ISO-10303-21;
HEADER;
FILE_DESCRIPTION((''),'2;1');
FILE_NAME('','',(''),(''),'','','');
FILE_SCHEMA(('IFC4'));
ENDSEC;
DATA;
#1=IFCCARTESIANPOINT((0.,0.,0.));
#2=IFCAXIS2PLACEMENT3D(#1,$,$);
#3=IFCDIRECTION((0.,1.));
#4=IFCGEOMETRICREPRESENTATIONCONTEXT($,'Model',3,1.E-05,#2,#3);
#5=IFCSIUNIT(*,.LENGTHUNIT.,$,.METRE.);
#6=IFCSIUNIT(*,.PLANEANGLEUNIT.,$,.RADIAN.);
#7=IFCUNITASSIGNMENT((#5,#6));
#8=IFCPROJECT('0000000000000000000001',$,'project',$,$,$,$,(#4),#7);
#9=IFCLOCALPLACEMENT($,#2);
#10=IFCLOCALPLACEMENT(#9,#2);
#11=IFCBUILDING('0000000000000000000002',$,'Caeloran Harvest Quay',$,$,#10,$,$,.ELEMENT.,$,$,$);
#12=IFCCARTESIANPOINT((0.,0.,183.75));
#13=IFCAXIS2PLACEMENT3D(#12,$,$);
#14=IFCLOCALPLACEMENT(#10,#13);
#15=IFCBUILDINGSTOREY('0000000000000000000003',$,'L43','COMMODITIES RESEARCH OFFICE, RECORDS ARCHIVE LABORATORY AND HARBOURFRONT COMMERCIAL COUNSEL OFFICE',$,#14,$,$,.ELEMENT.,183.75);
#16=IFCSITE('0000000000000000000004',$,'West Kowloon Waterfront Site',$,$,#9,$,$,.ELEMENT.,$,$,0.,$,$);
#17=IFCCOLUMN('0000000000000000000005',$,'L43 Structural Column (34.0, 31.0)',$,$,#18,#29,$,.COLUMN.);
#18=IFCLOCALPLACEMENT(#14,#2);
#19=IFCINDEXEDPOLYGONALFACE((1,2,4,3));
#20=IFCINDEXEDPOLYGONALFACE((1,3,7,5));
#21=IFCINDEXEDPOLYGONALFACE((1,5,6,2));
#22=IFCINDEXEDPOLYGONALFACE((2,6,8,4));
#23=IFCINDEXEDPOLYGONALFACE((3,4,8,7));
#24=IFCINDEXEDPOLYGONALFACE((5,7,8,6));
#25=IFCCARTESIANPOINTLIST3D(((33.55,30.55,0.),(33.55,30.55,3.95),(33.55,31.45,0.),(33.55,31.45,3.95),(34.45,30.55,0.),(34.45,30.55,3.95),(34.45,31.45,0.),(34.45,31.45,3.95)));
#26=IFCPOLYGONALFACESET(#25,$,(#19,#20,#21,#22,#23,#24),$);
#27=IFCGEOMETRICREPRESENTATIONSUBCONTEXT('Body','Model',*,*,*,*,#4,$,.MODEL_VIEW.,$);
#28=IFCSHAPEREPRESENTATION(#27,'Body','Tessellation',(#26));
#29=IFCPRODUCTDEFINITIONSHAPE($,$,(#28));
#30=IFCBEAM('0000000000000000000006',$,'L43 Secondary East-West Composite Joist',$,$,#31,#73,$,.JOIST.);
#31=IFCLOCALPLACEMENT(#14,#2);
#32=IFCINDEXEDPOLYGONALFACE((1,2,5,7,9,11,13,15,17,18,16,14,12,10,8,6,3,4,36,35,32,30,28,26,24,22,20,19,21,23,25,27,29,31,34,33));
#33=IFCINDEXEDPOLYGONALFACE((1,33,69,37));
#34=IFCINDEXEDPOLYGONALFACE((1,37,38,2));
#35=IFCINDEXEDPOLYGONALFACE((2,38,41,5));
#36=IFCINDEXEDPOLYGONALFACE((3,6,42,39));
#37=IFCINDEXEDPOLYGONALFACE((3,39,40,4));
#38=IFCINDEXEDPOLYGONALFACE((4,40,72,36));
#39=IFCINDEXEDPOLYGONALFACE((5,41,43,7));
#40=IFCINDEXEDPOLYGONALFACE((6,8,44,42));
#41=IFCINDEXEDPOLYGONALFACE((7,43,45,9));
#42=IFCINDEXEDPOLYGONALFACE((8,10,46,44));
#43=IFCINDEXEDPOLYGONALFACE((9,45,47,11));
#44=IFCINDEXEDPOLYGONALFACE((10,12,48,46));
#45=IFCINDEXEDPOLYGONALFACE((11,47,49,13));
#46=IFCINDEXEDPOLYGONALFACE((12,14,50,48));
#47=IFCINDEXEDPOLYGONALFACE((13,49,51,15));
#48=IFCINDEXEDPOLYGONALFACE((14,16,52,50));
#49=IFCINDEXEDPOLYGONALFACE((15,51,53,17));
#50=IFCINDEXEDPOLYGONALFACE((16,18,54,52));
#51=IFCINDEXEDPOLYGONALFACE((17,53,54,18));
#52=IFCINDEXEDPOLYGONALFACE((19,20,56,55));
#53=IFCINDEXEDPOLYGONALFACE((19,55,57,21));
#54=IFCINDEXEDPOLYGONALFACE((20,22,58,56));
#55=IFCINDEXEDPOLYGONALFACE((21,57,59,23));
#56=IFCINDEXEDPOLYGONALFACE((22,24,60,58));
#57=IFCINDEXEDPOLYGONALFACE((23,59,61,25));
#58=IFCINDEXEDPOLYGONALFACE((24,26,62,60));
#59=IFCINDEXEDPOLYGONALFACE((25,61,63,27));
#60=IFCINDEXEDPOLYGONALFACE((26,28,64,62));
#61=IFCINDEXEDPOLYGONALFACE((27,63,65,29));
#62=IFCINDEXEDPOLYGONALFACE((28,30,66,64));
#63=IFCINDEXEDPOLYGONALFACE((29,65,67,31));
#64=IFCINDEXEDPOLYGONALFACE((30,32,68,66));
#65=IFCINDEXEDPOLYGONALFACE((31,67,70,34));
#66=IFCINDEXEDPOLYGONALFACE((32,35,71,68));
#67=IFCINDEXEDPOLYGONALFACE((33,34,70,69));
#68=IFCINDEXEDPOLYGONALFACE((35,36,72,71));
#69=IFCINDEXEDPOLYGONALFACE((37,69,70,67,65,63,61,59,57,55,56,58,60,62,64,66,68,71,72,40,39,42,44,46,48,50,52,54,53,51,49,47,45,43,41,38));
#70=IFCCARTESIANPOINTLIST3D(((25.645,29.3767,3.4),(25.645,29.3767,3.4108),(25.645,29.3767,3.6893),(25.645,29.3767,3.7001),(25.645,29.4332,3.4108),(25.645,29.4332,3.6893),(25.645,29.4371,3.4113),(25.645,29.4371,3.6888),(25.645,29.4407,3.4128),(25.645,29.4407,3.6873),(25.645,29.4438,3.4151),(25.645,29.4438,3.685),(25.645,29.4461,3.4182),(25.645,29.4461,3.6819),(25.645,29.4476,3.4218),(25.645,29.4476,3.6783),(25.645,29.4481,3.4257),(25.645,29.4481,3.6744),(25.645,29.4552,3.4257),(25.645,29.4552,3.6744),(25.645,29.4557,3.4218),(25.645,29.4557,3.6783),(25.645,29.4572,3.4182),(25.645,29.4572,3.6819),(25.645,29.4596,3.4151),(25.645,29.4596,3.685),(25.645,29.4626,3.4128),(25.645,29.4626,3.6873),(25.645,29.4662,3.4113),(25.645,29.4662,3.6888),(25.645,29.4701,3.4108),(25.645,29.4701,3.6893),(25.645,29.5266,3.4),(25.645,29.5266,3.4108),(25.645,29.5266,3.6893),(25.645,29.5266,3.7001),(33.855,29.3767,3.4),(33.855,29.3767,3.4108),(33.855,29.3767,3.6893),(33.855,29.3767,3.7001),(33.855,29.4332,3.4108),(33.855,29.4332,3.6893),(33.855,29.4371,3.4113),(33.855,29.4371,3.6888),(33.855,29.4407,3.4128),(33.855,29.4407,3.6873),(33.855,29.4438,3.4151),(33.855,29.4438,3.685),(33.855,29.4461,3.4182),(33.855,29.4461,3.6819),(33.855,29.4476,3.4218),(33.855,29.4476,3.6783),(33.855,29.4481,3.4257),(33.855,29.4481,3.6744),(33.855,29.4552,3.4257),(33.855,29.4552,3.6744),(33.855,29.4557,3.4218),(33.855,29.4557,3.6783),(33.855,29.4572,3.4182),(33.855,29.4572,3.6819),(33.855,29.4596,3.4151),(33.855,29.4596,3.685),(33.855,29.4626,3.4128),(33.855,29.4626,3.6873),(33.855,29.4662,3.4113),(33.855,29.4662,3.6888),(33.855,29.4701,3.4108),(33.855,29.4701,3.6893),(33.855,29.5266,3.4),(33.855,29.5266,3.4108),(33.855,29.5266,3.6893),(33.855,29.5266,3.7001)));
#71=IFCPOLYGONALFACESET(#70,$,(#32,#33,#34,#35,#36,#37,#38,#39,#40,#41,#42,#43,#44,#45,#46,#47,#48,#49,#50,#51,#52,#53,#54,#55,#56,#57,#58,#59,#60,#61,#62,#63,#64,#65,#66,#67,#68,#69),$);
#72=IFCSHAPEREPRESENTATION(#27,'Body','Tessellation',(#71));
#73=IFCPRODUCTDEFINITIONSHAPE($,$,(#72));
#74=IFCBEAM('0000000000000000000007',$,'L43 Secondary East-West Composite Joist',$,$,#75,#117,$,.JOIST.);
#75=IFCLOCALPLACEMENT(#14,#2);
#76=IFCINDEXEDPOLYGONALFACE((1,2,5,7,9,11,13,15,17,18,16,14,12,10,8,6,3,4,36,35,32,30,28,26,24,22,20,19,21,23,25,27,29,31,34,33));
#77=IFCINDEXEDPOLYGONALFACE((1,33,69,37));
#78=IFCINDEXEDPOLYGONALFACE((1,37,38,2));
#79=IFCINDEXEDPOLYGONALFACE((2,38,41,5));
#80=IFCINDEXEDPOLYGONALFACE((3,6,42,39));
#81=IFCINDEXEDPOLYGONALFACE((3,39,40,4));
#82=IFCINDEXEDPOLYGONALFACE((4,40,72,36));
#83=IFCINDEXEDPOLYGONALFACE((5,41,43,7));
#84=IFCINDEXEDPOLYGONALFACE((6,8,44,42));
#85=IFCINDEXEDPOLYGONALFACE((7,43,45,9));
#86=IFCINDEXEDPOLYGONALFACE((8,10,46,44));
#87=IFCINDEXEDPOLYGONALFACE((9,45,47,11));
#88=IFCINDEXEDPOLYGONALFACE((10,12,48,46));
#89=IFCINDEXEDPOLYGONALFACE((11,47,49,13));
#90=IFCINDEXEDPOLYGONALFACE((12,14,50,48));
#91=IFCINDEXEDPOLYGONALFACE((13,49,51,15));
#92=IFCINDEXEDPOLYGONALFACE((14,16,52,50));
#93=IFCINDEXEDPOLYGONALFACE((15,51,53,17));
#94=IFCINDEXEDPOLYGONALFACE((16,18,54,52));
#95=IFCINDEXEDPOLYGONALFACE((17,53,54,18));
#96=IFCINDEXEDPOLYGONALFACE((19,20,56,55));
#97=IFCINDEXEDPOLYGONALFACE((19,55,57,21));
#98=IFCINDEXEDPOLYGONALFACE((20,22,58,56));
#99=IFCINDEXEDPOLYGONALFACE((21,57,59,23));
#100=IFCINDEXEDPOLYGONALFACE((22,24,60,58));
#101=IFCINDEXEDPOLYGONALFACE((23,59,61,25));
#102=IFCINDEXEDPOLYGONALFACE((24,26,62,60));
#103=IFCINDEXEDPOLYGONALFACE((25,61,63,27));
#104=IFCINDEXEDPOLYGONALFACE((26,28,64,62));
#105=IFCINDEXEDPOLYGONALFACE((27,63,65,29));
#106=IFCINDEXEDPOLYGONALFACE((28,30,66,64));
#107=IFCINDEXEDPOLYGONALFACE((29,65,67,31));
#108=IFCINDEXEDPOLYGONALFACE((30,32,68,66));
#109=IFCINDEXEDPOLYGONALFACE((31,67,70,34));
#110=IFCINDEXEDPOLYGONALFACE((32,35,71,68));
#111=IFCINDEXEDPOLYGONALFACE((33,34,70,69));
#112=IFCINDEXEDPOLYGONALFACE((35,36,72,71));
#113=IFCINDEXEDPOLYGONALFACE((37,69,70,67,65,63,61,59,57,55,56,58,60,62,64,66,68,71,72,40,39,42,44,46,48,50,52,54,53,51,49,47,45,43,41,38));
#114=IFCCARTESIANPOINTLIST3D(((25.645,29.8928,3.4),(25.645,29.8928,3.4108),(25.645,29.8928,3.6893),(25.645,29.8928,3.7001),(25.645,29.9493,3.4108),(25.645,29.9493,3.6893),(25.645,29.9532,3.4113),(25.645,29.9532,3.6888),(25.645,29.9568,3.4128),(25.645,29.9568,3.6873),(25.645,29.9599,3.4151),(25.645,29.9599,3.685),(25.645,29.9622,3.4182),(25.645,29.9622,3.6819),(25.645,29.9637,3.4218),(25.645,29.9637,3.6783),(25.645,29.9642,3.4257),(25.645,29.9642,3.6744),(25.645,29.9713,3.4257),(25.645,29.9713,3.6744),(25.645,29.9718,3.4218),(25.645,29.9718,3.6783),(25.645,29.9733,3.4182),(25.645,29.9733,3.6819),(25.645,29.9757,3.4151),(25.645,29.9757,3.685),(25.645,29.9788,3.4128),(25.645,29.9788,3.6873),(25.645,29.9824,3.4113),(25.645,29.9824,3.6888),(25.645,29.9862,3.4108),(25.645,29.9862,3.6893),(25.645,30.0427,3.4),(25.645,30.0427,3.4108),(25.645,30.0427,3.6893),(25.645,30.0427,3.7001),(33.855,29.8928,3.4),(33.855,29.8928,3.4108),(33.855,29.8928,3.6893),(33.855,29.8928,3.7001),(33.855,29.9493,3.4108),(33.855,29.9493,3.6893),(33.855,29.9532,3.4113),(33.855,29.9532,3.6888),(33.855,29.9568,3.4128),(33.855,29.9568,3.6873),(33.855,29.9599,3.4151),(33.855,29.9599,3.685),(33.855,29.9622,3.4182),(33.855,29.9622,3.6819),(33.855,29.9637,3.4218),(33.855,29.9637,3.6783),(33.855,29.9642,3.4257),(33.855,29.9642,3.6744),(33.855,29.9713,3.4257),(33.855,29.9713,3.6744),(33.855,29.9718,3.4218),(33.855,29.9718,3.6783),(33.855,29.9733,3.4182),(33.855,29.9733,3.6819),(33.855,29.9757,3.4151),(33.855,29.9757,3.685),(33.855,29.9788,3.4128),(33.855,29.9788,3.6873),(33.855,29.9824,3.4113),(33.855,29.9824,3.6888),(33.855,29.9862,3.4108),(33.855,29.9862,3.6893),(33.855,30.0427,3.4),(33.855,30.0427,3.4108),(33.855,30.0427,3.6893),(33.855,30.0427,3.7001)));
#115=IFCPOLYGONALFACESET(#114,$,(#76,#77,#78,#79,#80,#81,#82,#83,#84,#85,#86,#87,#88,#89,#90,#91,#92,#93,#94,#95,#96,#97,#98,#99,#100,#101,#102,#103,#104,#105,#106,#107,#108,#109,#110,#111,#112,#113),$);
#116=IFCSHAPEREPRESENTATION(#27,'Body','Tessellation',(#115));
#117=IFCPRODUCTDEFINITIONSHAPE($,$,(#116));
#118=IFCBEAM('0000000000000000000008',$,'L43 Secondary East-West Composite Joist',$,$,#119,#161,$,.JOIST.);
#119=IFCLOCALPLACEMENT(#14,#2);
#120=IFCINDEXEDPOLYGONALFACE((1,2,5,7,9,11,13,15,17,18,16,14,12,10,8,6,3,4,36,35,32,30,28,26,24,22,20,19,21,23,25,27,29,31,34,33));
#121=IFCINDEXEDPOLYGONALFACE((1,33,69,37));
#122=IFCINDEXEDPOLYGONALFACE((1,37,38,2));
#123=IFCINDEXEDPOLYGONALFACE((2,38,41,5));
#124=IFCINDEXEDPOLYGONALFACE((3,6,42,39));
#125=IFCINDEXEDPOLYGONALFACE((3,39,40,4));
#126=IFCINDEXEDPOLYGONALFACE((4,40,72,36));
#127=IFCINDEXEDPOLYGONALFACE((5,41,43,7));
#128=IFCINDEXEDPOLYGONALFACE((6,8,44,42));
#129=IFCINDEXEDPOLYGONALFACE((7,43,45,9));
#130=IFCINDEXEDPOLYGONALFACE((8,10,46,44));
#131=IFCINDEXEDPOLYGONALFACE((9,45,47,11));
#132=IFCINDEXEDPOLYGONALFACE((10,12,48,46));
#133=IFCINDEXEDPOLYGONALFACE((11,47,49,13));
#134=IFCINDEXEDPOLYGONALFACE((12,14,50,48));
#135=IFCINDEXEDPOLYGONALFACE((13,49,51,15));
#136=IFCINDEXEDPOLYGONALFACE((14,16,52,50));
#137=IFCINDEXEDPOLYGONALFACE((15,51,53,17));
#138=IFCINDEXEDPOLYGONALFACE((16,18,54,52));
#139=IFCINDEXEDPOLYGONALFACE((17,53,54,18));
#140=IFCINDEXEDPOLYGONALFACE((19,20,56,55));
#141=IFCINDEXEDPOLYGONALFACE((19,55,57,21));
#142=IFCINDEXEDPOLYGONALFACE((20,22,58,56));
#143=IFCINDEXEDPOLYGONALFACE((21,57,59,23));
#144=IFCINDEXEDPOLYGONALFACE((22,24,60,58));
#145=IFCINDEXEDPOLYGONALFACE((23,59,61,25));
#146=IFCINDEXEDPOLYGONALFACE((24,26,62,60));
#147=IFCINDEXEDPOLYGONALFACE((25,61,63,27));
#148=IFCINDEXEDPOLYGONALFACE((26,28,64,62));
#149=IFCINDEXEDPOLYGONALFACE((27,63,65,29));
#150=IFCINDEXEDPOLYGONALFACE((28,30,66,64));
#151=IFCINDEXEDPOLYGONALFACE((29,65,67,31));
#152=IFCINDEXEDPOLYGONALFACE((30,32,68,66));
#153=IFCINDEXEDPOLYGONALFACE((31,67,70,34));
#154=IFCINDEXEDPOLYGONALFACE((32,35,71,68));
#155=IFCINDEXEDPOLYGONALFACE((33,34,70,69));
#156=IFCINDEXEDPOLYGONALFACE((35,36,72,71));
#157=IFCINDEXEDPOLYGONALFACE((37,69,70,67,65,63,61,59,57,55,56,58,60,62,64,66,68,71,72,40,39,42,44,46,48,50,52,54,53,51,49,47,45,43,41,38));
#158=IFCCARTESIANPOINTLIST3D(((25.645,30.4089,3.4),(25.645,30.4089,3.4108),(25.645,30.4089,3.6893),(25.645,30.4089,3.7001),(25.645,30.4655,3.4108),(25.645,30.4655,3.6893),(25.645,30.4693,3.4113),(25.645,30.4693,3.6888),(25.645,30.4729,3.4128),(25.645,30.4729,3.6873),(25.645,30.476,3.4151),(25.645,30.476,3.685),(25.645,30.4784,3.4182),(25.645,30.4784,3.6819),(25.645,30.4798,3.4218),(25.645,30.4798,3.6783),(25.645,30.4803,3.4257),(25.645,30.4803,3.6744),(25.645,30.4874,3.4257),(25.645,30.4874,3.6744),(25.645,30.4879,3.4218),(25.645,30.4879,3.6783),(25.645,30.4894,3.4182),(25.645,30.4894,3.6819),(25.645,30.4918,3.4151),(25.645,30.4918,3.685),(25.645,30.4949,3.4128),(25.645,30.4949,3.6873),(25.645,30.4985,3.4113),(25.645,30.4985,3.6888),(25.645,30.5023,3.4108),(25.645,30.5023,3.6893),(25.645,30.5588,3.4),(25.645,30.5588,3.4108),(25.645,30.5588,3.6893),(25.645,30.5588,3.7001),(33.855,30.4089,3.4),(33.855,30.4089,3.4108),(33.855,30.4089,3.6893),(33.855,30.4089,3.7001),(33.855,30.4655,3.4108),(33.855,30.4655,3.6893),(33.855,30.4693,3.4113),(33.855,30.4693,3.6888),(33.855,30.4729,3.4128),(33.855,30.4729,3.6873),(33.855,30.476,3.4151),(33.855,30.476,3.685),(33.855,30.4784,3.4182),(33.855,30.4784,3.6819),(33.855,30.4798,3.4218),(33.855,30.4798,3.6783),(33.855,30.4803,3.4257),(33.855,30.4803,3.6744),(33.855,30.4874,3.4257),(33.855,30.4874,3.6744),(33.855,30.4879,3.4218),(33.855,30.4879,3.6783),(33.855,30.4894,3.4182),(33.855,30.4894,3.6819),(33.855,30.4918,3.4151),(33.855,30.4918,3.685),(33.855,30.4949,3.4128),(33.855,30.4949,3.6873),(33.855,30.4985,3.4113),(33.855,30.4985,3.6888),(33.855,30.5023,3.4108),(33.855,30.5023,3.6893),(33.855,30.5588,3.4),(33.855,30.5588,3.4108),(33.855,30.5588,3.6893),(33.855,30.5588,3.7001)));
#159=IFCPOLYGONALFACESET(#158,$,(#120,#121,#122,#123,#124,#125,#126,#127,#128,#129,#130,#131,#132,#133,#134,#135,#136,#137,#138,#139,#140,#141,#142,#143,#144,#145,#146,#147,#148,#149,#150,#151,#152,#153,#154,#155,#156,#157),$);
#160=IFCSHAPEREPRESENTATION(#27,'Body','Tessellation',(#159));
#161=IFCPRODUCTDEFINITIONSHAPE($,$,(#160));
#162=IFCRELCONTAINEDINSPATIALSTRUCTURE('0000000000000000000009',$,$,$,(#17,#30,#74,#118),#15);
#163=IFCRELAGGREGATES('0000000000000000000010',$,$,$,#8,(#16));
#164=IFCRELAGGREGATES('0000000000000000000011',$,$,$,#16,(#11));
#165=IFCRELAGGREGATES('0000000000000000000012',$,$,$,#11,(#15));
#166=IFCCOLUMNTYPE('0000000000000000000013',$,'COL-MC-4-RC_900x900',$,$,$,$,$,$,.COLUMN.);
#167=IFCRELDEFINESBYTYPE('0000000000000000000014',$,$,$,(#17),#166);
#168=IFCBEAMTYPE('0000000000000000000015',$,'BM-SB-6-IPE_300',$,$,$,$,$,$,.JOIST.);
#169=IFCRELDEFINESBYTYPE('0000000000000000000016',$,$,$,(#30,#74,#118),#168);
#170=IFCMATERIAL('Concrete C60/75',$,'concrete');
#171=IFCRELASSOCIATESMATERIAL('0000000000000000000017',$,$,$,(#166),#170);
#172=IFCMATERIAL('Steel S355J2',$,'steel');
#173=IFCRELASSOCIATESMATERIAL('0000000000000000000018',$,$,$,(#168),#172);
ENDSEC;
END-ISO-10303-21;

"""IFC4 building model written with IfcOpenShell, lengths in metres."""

from ifc_helpers import new_model, si_unit, direction, frame, origin, origin_2d, place, context, subcontext, project, spatial, rectangle, i_section, extrude, material, material_profile, profile_set, type_object, element, save


model = new_model("IFC4")

# Units and contexts
model_context = context("Model", 3, precision=1e-05, world=origin(), true_north=direction((0.0, 1.0)))
body_context = subcontext(model_context, "Body", "Model", "MODEL_VIEW")
ifc_project = project(units=[si_unit("LENGTHUNIT", "METRE"), si_unit("PLANEANGLEUNIT", "RADIAN")], contexts=[model_context])

# Site, building, storey
site_placement = place(None, origin())
site = spatial("IfcSite", under=ifc_project, at=site_placement, Name="West Kowloon Waterfront Site", CompositionType="ELEMENT", RefElevation=0.0)
building_placement = place(site_placement, origin())
building = spatial("IfcBuilding", under=site, at=building_placement, Name="Caeloran Harvest Quay", CompositionType="ELEMENT")
storey_placement = place(building_placement, frame((0.0, 0.0, 183.75)))
storey = spatial("IfcBuildingStorey", under=building, at=storey_placement, Name="L43", Description="COMMODITIES RESEARCH OFFICE, RECORDS ARCHIVE LABORATORY AND HARBOURFRONT COMMERCIAL COUNSEL OFFICE", CompositionType="ELEMENT", Elevation=183.75)

# Column
ifc_material_1 = material(Name="Concrete C60/75", Category="concrete")
ifc_material_profile_1 = material_profile(ifc_material_1, rectangle(XDim=0.8999, YDim=0.8999, at=origin_2d()), Name="RC 900x900")
ifc_profile_set_1 = profile_set([ifc_material_profile_1], Name="Concrete C60/75")
column_type = type_object("IfcColumnType", Name="COL-MC-4-RC_900x900", PredefinedType="COLUMN", material=ifc_profile_set_1)
column_placement = place(storey_placement, frame((34.0, 31.0, 0.0), z_axis=(0.0, 0.0, 1.0), x_axis=(1.0, 0.0, 0.0)))
element("IfcColumn", 1, at=column_placement, inside=storey, type_object=column_type, Name="L43 Structural Column (34.0, 31.0)", PredefinedType="COLUMN", context=body_context, shape_type="SweptSolid", body=[
    extrude(rectangle(XDim=0.8999, YDim=0.8999, at=origin_2d()), origin(), (0.0, 0.0, 1.0), 3.95),
])

# Beams
ifc_material_2 = material(Name="Steel S355J2", Category="steel")
ifc_material_profile_2 = material_profile(ifc_material_2, i_section(OverallWidth=0.1499, OverallDepth=0.3, WebThickness=0.0071, FlangeThickness=0.0107, FilletRadius=0.0149, at=origin_2d()), Name="IPE 300")
ifc_profile_set_2 = profile_set([ifc_material_profile_2], Name="Steel S355J2")
beam_type_1 = type_object("IfcBeamType", Name="BM-SB-6-IPE_300", PredefinedType="JOIST", material=ifc_profile_set_2)
for number, where, z_axis, x_axis, name in (
    (2, (25.645, 29.4517, 3.55), (1.0, 0.0, 0.0), (0.0, 1.0, 0.0), "L43 Secondary East-West Composite Joist"),
    (3, (25.645, 29.9678, 3.55), (1.0, 0.0, 0.0), (0.0, 1.0, 0.0), "L43 Secondary East-West Composite Joist"),
    (4, (25.645, 30.4839, 3.55), (1.0, 0.0, 0.0), (0.0, 1.0, 0.0), "L43 Secondary East-West Composite Joist"),
):
    element("IfcBeam", number, at=place(storey_placement, frame(where, z_axis=z_axis, x_axis=x_axis)), inside=storey, type_object=beam_type_1, Name=name, PredefinedType="JOIST", context=body_context, shape_type="SweptSolid", body=[
        extrude(i_section(OverallWidth=0.1499, OverallDepth=0.3, WebThickness=0.0071, FlangeThickness=0.0107, FilletRadius=0.0149, at=origin_2d()), origin(), (0.0, 0.0, 1.0), 8.21),
    ])

save(model, "model.ifc")
